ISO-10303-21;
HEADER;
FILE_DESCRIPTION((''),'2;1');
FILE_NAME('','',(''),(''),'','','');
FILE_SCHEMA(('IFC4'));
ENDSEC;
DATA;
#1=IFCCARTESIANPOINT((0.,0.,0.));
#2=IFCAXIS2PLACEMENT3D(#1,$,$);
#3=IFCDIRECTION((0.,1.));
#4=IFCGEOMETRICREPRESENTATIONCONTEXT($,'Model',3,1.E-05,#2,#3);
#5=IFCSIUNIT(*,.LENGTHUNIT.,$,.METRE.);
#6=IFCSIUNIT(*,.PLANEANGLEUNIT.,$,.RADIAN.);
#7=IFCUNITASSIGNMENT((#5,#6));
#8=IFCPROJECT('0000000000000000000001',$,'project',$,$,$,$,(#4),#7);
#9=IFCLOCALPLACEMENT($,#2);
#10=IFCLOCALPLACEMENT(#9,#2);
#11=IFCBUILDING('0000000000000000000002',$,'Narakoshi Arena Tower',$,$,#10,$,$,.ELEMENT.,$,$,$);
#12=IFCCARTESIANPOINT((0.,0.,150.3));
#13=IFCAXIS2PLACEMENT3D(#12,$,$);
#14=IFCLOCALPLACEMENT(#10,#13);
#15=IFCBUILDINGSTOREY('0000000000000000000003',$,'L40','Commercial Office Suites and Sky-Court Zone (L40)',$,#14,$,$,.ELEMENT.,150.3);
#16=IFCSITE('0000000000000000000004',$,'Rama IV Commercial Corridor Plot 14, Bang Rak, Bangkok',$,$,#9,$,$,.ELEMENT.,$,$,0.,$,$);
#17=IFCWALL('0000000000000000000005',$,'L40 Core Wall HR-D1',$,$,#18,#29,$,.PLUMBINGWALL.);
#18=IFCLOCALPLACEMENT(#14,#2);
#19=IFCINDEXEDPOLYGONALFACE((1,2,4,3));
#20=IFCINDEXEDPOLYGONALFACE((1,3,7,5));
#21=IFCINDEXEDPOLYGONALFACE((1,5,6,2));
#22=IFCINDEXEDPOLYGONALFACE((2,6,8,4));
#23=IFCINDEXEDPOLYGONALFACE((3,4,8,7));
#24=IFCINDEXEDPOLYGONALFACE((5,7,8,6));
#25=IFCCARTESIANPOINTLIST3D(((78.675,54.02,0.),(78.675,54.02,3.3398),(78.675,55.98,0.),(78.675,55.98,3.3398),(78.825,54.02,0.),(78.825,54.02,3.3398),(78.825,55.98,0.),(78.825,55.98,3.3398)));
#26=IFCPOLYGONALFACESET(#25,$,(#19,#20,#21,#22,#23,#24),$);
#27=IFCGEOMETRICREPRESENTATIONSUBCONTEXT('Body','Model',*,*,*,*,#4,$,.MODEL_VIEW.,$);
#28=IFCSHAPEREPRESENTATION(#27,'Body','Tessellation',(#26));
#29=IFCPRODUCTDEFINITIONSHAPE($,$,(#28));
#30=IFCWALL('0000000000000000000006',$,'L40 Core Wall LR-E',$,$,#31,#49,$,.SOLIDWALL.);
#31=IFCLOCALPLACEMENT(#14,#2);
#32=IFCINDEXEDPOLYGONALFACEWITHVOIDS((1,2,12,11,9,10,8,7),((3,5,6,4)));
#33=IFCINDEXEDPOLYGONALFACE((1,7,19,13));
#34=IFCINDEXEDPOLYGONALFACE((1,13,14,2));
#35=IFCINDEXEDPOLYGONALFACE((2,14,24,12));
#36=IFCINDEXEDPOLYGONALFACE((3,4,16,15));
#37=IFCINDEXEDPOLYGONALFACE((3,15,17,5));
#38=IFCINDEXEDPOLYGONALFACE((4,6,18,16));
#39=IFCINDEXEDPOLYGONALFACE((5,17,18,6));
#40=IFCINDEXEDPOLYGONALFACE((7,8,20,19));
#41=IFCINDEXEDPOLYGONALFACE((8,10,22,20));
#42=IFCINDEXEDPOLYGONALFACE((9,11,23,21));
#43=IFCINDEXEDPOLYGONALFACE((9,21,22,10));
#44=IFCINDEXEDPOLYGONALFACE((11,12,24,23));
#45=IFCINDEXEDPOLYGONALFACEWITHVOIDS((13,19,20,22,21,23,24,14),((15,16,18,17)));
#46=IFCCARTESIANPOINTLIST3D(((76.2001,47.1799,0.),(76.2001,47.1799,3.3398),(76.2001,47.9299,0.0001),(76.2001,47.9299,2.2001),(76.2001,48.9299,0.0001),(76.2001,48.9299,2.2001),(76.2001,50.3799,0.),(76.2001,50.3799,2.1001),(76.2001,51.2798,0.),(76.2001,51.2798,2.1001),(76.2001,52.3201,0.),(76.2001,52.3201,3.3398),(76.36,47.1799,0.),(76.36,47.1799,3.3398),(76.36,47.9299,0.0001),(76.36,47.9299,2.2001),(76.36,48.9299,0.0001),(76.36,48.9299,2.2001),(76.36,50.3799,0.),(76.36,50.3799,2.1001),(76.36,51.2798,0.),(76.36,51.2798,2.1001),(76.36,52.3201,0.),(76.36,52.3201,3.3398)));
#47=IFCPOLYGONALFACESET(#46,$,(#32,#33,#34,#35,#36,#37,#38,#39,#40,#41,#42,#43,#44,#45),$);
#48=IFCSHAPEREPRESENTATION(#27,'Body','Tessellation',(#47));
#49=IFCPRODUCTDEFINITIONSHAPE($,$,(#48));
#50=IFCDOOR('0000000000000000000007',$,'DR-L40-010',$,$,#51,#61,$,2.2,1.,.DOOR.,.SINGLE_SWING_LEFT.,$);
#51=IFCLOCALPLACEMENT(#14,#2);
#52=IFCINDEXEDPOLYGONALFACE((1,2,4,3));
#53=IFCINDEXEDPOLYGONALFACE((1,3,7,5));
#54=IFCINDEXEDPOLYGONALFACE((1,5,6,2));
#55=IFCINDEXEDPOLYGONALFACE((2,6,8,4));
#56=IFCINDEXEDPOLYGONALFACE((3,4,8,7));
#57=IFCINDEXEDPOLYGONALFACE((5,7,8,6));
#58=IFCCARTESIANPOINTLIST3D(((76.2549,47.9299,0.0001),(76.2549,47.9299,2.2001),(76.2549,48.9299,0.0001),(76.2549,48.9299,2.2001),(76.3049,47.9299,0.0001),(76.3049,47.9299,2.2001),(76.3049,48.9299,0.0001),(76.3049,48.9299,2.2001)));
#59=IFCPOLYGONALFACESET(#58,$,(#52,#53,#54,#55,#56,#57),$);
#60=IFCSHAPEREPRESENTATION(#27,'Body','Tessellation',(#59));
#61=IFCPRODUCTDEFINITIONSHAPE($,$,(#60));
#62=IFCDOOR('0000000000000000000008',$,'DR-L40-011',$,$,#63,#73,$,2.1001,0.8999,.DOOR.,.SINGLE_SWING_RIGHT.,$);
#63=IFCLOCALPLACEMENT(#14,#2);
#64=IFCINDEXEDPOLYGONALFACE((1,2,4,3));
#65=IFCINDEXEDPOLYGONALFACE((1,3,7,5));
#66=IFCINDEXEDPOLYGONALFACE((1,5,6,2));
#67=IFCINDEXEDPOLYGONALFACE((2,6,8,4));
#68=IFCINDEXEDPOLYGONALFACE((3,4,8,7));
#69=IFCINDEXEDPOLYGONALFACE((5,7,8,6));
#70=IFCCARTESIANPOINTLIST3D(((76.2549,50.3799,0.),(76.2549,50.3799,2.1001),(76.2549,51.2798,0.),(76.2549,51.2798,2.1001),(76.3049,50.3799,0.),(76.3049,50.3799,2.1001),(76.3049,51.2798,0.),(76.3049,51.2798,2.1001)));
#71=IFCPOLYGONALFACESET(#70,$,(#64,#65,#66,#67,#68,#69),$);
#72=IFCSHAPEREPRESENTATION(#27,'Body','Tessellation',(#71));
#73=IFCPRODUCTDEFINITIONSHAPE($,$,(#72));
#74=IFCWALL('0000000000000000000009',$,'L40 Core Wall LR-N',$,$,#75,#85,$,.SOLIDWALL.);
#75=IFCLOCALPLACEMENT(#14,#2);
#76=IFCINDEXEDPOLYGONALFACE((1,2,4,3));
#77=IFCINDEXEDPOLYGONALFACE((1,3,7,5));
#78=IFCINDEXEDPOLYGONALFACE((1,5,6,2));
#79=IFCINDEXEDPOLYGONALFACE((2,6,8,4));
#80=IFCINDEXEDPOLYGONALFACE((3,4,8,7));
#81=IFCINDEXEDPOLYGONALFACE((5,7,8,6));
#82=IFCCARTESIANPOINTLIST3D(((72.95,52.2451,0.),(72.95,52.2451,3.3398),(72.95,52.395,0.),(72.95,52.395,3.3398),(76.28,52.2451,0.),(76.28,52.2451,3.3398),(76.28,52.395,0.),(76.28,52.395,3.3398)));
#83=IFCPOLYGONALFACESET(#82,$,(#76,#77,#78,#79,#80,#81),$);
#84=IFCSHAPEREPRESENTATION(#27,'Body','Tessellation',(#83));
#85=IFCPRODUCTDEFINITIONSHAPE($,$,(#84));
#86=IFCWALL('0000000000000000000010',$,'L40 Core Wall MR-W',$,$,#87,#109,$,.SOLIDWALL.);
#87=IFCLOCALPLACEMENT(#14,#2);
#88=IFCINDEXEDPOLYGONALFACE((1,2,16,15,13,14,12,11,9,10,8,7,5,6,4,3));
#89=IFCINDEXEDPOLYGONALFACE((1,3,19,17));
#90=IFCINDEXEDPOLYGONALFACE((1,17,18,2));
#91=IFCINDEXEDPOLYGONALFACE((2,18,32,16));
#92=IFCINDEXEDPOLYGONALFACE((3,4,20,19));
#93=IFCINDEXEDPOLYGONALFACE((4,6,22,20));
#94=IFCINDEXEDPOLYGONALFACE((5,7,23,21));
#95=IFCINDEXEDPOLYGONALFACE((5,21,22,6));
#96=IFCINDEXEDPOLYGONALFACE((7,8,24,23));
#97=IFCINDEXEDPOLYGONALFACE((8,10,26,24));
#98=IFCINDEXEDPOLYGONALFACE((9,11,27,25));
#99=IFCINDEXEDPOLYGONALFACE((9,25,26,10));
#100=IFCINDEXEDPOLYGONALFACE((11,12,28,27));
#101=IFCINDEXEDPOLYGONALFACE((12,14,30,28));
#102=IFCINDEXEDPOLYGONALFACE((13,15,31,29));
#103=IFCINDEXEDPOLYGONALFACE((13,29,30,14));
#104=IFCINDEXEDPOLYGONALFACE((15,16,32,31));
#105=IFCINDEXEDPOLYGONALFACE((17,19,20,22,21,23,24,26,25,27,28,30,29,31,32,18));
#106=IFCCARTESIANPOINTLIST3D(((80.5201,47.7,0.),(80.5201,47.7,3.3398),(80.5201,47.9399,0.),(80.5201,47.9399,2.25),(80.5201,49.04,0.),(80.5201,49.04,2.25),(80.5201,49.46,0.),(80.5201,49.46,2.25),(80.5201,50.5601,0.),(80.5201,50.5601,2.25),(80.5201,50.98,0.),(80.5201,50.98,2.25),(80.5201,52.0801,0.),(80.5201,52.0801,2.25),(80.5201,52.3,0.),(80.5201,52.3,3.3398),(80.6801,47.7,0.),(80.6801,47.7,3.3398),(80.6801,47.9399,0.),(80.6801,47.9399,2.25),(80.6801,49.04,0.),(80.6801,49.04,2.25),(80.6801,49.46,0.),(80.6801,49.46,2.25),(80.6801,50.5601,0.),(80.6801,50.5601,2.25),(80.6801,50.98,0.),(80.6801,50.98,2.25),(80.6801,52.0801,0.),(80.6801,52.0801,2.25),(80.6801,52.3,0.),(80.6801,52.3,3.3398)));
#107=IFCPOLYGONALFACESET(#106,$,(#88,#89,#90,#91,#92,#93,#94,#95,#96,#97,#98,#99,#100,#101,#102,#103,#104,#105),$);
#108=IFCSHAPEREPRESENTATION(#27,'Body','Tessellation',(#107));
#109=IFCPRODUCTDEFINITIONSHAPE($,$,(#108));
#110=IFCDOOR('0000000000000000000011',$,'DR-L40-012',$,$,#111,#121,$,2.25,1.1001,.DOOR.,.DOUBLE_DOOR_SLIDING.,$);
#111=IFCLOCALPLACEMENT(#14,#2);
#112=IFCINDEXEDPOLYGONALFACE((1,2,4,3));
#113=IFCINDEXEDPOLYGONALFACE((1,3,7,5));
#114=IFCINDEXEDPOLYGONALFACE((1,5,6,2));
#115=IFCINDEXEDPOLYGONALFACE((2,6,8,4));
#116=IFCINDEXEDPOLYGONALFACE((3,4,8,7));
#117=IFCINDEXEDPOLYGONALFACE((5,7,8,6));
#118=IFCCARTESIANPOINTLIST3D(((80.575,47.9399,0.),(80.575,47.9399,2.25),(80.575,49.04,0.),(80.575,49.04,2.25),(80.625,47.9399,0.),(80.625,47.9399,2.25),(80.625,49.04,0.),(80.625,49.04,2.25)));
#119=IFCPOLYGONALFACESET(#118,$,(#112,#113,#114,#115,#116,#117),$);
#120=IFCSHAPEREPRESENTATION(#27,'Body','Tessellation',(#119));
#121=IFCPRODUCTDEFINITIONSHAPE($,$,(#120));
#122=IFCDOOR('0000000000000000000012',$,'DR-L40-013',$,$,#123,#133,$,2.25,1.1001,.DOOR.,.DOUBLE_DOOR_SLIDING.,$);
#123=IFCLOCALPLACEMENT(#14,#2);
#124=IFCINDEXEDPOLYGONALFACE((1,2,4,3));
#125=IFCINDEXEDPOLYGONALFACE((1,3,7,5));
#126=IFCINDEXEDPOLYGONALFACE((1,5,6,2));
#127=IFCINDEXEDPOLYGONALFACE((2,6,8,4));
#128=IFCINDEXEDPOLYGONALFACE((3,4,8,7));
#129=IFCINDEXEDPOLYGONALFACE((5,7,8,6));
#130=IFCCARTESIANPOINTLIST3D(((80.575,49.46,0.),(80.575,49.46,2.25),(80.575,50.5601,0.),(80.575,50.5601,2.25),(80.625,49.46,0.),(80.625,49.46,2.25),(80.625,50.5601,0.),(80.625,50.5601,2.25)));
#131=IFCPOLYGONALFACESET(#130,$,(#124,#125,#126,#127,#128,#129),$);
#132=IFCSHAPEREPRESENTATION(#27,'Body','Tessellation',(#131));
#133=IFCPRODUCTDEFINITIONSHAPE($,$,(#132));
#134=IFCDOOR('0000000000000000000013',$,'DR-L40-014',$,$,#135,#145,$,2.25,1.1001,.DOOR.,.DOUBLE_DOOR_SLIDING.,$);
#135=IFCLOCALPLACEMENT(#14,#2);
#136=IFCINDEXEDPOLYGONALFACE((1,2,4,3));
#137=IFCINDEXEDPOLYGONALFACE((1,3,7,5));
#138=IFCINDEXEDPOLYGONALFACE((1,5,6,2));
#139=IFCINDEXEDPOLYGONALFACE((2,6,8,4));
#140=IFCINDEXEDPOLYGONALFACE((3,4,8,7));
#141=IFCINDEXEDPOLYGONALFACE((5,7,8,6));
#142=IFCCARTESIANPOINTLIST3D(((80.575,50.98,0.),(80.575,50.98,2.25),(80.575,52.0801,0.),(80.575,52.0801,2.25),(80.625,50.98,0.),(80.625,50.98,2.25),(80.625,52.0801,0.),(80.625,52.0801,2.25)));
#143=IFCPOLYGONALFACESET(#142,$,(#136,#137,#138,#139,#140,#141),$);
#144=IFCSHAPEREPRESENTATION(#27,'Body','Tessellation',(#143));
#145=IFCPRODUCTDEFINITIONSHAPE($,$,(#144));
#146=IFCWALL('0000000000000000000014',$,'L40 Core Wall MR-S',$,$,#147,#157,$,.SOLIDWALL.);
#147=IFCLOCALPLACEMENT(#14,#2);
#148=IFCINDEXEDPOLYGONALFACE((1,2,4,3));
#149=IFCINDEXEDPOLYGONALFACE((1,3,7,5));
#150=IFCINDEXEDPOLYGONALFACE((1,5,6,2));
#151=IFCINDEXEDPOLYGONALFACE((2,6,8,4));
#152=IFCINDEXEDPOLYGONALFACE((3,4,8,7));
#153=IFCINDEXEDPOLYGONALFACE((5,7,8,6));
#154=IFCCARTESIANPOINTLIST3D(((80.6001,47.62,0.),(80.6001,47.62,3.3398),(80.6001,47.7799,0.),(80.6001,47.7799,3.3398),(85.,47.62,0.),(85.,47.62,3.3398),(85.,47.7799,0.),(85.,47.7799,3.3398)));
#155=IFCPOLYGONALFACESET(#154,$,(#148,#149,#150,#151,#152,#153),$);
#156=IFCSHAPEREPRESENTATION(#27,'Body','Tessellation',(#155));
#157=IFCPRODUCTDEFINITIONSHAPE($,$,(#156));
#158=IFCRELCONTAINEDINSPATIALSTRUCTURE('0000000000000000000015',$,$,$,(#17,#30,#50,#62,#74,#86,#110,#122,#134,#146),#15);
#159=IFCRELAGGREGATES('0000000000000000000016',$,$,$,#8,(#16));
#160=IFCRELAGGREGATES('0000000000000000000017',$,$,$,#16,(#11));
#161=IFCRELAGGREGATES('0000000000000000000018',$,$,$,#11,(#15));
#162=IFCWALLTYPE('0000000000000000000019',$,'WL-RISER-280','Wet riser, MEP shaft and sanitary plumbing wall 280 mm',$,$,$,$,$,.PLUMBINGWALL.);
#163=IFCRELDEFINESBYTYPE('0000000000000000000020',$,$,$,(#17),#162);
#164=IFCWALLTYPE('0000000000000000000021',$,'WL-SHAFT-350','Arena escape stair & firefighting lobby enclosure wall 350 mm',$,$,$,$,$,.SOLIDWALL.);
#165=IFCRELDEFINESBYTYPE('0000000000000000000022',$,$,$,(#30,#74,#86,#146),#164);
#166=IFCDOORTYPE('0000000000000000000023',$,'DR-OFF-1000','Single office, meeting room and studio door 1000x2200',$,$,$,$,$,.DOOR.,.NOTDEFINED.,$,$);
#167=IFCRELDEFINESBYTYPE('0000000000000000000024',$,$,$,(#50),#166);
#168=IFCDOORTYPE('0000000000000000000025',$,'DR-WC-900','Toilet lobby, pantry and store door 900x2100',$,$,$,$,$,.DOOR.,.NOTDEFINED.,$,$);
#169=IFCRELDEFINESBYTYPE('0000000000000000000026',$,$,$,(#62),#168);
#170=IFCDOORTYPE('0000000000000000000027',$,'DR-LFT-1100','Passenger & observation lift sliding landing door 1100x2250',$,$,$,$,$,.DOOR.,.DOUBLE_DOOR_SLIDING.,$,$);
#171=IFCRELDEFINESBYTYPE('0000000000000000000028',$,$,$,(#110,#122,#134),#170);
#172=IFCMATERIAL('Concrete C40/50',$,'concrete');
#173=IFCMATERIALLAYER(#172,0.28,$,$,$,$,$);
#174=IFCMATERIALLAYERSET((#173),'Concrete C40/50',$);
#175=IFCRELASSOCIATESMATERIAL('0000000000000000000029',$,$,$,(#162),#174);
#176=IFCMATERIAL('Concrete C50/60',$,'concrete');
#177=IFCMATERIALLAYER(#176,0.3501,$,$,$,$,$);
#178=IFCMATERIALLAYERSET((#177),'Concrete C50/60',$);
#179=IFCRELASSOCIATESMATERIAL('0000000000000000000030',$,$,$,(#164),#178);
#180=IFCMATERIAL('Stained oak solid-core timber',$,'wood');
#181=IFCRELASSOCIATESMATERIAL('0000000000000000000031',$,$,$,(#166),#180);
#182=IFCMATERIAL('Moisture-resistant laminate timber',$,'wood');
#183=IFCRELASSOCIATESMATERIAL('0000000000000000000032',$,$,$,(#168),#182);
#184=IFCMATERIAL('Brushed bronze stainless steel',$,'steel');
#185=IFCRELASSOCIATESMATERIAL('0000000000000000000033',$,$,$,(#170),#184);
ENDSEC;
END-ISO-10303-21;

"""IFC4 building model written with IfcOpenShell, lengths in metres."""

from ifc_helpers import new_model, si_unit, direction, frame, frame_2d, origin, place, context, subcontext, project, spatial, rectangle, extrude, material, layer, layer_set, type_object, element, fill, save


model = new_model("IFC4")

# Units and contexts
model_context = context("Model", 3, precision=1e-05, world=origin(), true_north=direction((0.0, 1.0)))
body_context = subcontext(model_context, "Body", "Model", "MODEL_VIEW")
ifc_project = project(units=[si_unit("LENGTHUNIT", "METRE"), si_unit("PLANEANGLEUNIT", "RADIAN")], contexts=[model_context])

# Site, building, storey
site_placement = place(None, origin())
site = spatial("IfcSite", under=ifc_project, at=site_placement, Name="Rama IV Commercial Corridor Plot 14, Bang Rak, Bangkok", CompositionType="ELEMENT", RefElevation=0.0)
building_placement = place(site_placement, origin())
building = spatial("IfcBuilding", under=site, at=building_placement, Name="Narakoshi Arena Tower", CompositionType="ELEMENT")
storey_placement = place(building_placement, frame((0.0, 0.0, 150.3)))
storey = spatial("IfcBuildingStorey", under=building, at=storey_placement, Name="L40", Description="Commercial Office Suites and Sky-Court Zone (L40)", CompositionType="ELEMENT", Elevation=150.3)

# Wall
ifc_material_1 = material(Name="Concrete C40/50", Category="concrete")
ifc_layer_1 = layer(ifc_material_1, 0.28)
ifc_layer_set_1 = layer_set([ifc_layer_1], Name="Concrete C40/50")
wall_type_1 = type_object("IfcWallType", Name="WL-RISER-280", Description="Wet riser, MEP shaft and sanitary plumbing wall 280 mm", PredefinedType="PLUMBINGWALL", material=ifc_layer_set_1)
wall_1_placement = place(storey_placement, frame((78.75, 54.02, 0.0), z_axis=(0.0, 0.0, 1.0), x_axis=(0.0, 1.0, 0.0)))
element("IfcWall", 1, at=wall_1_placement, inside=storey, type_object=wall_type_1, Name="L40 Core Wall HR-D1", PredefinedType="PLUMBINGWALL", context=body_context, shape_type="SweptSolid", body=[
    extrude(rectangle(XDim=1.96, YDim=0.1499, at=frame_2d((0.98, 0.0))), origin(), (0.0, 0.0, 1.0), 3.3398),
])

# Wall, openings, doors
ifc_material_2 = material(Name="Concrete C50/60", Category="concrete")
ifc_layer_2 = layer(ifc_material_2, 0.3501)
ifc_layer_set_2 = layer_set([ifc_layer_2], Name="Concrete C50/60")
wall_type_2 = type_object("IfcWallType", Name="WL-SHAFT-350", Description="Arena escape stair & firefighting lobby enclosure wall 350 mm", PredefinedType="SOLIDWALL", material=ifc_layer_set_2)
wall_2_placement = place(storey_placement, frame((76.28, 47.1799, 0.0), z_axis=(0.0, 0.0, 1.0), x_axis=(0.0, 1.0, 0.0)))
wall_2 = element("IfcWall", 2, at=wall_2_placement, inside=storey, type_object=wall_type_2, Name="L40 Core Wall LR-E", PredefinedType="SOLIDWALL", context=body_context, shape_type="SweptSolid", body=[
    extrude(rectangle(XDim=5.1401, YDim=0.1599, at=frame_2d((2.5701, 0.0))), origin(), (0.0, 0.0, 1.0), 3.3398),
])
opening_1_placement = place(wall_2_placement, frame((0.75, 0.0, 0.0)))
opening_1 = element("IfcOpeningElement", 3, at=opening_1_placement, cuts=wall_2, PredefinedType="OPENING", context=body_context, shape_type="SweptSolid", body=[
    extrude(rectangle(XDim=1.0, YDim=2.2, at=frame_2d((0.5, 1.1001))), frame((0.0, 0.0898, 0.0), z_axis=(0.0, -1.0, 0.0), x_axis=(1.0, 0.0, 0.0)), (0.0, 0.0, 1.0), 0.1799),
])
opening_2_placement = place(wall_2_placement, frame((3.2, 0.0, 0.0)))
opening_2 = element("IfcOpeningElement", 4, at=opening_2_placement, cuts=wall_2, PredefinedType="OPENING", context=body_context, shape_type="SweptSolid", body=[
    extrude(rectangle(XDim=0.8999, YDim=2.1001, at=frame_2d((0.45, 1.05))), frame((0.0, 0.0898, 0.0), z_axis=(0.0, -1.0, 0.0), x_axis=(1.0, 0.0, 0.0)), (0.0, 0.0, 1.0), 0.1799),
])
ifc_material_3 = material(Name="Stained oak solid-core timber", Category="wood")
door_type_1 = type_object("IfcDoorType", Name="DR-OFF-1000", Description="Single office, meeting room and studio door 1000x2200", OperationType="NOTDEFINED", PredefinedType="DOOR", material=ifc_material_3)
door_1_placement = place(opening_1_placement, frame((1.0, 0.0, 0.0), z_axis=(0.0, 0.0, 1.0), x_axis=(-1.0, 0.0, 0.0)))
door_1 = element("IfcDoor", 5, at=door_1_placement, inside=storey, type_object=door_type_1, Name="DR-L40-010", OperationType="SINGLE_SWING_LEFT", OverallHeight=2.2, OverallWidth=1.0, PredefinedType="DOOR", context=body_context, shape_type="SweptSolid", body=[
    extrude(rectangle(XDim=1.0, YDim=2.2, at=frame_2d((0.5, 1.1001))), frame((0.0, 0.0249, 0.0), z_axis=(0.0, -1.0, 0.0), x_axis=(1.0, 0.0, 0.0)), (0.0, 0.0, 1.0), 0.05),
])
fill(opening_1, door_1)
ifc_material_4 = material(Name="Moisture-resistant laminate timber", Category="wood")
door_type_2 = type_object("IfcDoorType", Name="DR-WC-900", Description="Toilet lobby, pantry and store door 900x2100", OperationType="NOTDEFINED", PredefinedType="DOOR", material=ifc_material_4)
door_2_placement = place(opening_2_placement, frame((0.8999, 0.0, 0.0), z_axis=(0.0, 0.0, 1.0), x_axis=(-1.0, 0.0, 0.0)))
door_2 = element("IfcDoor", 6, at=door_2_placement, inside=storey, type_object=door_type_2, Name="DR-L40-011", OperationType="SINGLE_SWING_RIGHT", OverallHeight=2.1001, OverallWidth=0.8999, PredefinedType="DOOR", context=body_context, shape_type="SweptSolid", body=[
    extrude(rectangle(XDim=0.8999, YDim=2.1001, at=frame_2d((0.45, 1.05))), frame((0.0, 0.0249, 0.0), z_axis=(0.0, -1.0, 0.0), x_axis=(1.0, 0.0, 0.0)), (0.0, 0.0, 1.0), 0.05),
])
fill(opening_2, door_2)

# Wall
wall_3_placement = place(storey_placement, frame((72.95, 52.3201, 0.0), z_axis=(0.0, 0.0, 1.0), x_axis=(1.0, 0.0, 0.0)))
element("IfcWall", 7, at=wall_3_placement, inside=storey, type_object=wall_type_2, Name="L40 Core Wall LR-N", PredefinedType="SOLIDWALL", context=body_context, shape_type="SweptSolid", body=[
    extrude(rectangle(XDim=3.3301, YDim=0.1499, at=frame_2d((1.665, 0.0))), origin(), (0.0, 0.0, 1.0), 3.3398),
])

# Wall, openings, doors
wall_4_placement = place(storey_placement, frame((80.6001, 47.7, 0.0), z_axis=(0.0, 0.0, 1.0), x_axis=(0.0, 1.0, 0.0)))
wall_4 = element("IfcWall", 8, at=wall_4_placement, inside=storey, type_object=wall_type_2, Name="L40 Core Wall MR-W", PredefinedType="SOLIDWALL", context=body_context, shape_type="SweptSolid", body=[
    extrude(rectangle(XDim=4.6001, YDim=0.1599, at=frame_2d((2.3, 0.0))), origin(), (0.0, 0.0, 1.0), 3.3398),
])
opening_3_placement = place(wall_4_placement, frame((0.24, 0.0, 0.0)))
opening_3 = element("IfcOpeningElement", 9, at=opening_3_placement, cuts=wall_4, PredefinedType="OPENING", context=body_context, shape_type="SweptSolid", body=[
    extrude(rectangle(XDim=1.1001, YDim=2.25, at=frame_2d((0.55, 1.125))), frame((0.0, 0.0898, 0.0), z_axis=(0.0, -1.0, 0.0), x_axis=(1.0, 0.0, 0.0)), (0.0, 0.0, 1.0), 0.1799),
])
opening_4_placement = place(wall_4_placement, frame((1.76, 0.0, 0.0)))
opening_4 = element("IfcOpeningElement", 10, at=opening_4_placement, cuts=wall_4, PredefinedType="OPENING", context=body_context, shape_type="SweptSolid", body=[
    extrude(rectangle(XDim=1.1001, YDim=2.25, at=frame_2d((0.55, 1.125))), frame((0.0, 0.0898, 0.0), z_axis=(0.0, -1.0, 0.0), x_axis=(1.0, 0.0, 0.0)), (0.0, 0.0, 1.0), 0.1799),
])
opening_5_placement = place(wall_4_placement, frame((3.28, 0.0, 0.0)))
opening_5 = element("IfcOpeningElement", 11, at=opening_5_placement, cuts=wall_4, PredefinedType="OPENING", context=body_context, shape_type="SweptSolid", body=[
    extrude(rectangle(XDim=1.1001, YDim=2.25, at=frame_2d((0.55, 1.125))), frame((0.0, 0.0898, 0.0), z_axis=(0.0, -1.0, 0.0), x_axis=(1.0, 0.0, 0.0)), (0.0, 0.0, 1.0), 0.1799),
])
ifc_material_5 = material(Name="Brushed bronze stainless steel", Category="steel")
door_type_3 = type_object("IfcDoorType", Name="DR-LFT-1100", Description="Passenger & observation lift sliding landing door 1100x2250", OperationType="DOUBLE_DOOR_SLIDING", PredefinedType="DOOR", material=ifc_material_5)
door_3_placement = place(opening_3_placement, frame((1.1001, 0.0, 0.0), z_axis=(0.0, 0.0, 1.0), x_axis=(-1.0, 0.0, 0.0)))
door_3 = element("IfcDoor", 12, at=door_3_placement, inside=storey, type_object=door_type_3, Name="DR-L40-012", OperationType="DOUBLE_DOOR_SLIDING", OverallHeight=2.25, OverallWidth=1.1001, PredefinedType="DOOR", context=body_context, shape_type="SweptSolid", body=[
    extrude(rectangle(XDim=1.1001, YDim=2.25, at=frame_2d((0.55, 1.125))), frame((0.0, 0.0249, 0.0), z_axis=(0.0, -1.0, 0.0), x_axis=(1.0, 0.0, 0.0)), (0.0, 0.0, 1.0), 0.05),
])
fill(opening_3, door_3)
door_4_placement = place(opening_4_placement, frame((1.1001, 0.0, 0.0), z_axis=(0.0, 0.0, 1.0), x_axis=(-1.0, 0.0, 0.0)))
door_4 = element("IfcDoor", 13, at=door_4_placement, inside=storey, type_object=door_type_3, Name="DR-L40-013", OperationType="DOUBLE_DOOR_SLIDING", OverallHeight=2.25, OverallWidth=1.1001, PredefinedType="DOOR", context=body_context, shape_type="SweptSolid", body=[
    extrude(rectangle(XDim=1.1001, YDim=2.25, at=frame_2d((0.55, 1.125))), frame((0.0, 0.0249, 0.0), z_axis=(0.0, -1.0, 0.0), x_axis=(1.0, 0.0, 0.0)), (0.0, 0.0, 1.0), 0.05),
])
fill(opening_4, door_4)
door_5_placement = place(opening_5_placement, frame((1.1001, 0.0, 0.0), z_axis=(0.0, 0.0, 1.0), x_axis=(-1.0, 0.0, 0.0)))
door_5 = element("IfcDoor", 14, at=door_5_placement, inside=storey, type_object=door_type_3, Name="DR-L40-014", OperationType="DOUBLE_DOOR_SLIDING", OverallHeight=2.25, OverallWidth=1.1001, PredefinedType="DOOR", context=body_context, shape_type="SweptSolid", body=[
    extrude(rectangle(XDim=1.1001, YDim=2.25, at=frame_2d((0.55, 1.125))), frame((0.0, 0.0249, 0.0), z_axis=(0.0, -1.0, 0.0), x_axis=(1.0, 0.0, 0.0)), (0.0, 0.0, 1.0), 0.05),
])
fill(opening_5, door_5)

# Wall
wall_5_placement = place(storey_placement, frame((80.6001, 47.7, 0.0), z_axis=(0.0, 0.0, 1.0), x_axis=(1.0, 0.0, 0.0)))
element("IfcWall", 15, at=wall_5_placement, inside=storey, type_object=wall_type_2, Name="L40 Core Wall MR-S", PredefinedType="SOLIDWALL", context=body_context, shape_type="SweptSolid", body=[
    extrude(rectangle(XDim=4.3999, YDim=0.1599, at=frame_2d((2.2, 0.0))), origin(), (0.0, 0.0, 1.0), 3.3398),
])

save(model, "model.ifc")
